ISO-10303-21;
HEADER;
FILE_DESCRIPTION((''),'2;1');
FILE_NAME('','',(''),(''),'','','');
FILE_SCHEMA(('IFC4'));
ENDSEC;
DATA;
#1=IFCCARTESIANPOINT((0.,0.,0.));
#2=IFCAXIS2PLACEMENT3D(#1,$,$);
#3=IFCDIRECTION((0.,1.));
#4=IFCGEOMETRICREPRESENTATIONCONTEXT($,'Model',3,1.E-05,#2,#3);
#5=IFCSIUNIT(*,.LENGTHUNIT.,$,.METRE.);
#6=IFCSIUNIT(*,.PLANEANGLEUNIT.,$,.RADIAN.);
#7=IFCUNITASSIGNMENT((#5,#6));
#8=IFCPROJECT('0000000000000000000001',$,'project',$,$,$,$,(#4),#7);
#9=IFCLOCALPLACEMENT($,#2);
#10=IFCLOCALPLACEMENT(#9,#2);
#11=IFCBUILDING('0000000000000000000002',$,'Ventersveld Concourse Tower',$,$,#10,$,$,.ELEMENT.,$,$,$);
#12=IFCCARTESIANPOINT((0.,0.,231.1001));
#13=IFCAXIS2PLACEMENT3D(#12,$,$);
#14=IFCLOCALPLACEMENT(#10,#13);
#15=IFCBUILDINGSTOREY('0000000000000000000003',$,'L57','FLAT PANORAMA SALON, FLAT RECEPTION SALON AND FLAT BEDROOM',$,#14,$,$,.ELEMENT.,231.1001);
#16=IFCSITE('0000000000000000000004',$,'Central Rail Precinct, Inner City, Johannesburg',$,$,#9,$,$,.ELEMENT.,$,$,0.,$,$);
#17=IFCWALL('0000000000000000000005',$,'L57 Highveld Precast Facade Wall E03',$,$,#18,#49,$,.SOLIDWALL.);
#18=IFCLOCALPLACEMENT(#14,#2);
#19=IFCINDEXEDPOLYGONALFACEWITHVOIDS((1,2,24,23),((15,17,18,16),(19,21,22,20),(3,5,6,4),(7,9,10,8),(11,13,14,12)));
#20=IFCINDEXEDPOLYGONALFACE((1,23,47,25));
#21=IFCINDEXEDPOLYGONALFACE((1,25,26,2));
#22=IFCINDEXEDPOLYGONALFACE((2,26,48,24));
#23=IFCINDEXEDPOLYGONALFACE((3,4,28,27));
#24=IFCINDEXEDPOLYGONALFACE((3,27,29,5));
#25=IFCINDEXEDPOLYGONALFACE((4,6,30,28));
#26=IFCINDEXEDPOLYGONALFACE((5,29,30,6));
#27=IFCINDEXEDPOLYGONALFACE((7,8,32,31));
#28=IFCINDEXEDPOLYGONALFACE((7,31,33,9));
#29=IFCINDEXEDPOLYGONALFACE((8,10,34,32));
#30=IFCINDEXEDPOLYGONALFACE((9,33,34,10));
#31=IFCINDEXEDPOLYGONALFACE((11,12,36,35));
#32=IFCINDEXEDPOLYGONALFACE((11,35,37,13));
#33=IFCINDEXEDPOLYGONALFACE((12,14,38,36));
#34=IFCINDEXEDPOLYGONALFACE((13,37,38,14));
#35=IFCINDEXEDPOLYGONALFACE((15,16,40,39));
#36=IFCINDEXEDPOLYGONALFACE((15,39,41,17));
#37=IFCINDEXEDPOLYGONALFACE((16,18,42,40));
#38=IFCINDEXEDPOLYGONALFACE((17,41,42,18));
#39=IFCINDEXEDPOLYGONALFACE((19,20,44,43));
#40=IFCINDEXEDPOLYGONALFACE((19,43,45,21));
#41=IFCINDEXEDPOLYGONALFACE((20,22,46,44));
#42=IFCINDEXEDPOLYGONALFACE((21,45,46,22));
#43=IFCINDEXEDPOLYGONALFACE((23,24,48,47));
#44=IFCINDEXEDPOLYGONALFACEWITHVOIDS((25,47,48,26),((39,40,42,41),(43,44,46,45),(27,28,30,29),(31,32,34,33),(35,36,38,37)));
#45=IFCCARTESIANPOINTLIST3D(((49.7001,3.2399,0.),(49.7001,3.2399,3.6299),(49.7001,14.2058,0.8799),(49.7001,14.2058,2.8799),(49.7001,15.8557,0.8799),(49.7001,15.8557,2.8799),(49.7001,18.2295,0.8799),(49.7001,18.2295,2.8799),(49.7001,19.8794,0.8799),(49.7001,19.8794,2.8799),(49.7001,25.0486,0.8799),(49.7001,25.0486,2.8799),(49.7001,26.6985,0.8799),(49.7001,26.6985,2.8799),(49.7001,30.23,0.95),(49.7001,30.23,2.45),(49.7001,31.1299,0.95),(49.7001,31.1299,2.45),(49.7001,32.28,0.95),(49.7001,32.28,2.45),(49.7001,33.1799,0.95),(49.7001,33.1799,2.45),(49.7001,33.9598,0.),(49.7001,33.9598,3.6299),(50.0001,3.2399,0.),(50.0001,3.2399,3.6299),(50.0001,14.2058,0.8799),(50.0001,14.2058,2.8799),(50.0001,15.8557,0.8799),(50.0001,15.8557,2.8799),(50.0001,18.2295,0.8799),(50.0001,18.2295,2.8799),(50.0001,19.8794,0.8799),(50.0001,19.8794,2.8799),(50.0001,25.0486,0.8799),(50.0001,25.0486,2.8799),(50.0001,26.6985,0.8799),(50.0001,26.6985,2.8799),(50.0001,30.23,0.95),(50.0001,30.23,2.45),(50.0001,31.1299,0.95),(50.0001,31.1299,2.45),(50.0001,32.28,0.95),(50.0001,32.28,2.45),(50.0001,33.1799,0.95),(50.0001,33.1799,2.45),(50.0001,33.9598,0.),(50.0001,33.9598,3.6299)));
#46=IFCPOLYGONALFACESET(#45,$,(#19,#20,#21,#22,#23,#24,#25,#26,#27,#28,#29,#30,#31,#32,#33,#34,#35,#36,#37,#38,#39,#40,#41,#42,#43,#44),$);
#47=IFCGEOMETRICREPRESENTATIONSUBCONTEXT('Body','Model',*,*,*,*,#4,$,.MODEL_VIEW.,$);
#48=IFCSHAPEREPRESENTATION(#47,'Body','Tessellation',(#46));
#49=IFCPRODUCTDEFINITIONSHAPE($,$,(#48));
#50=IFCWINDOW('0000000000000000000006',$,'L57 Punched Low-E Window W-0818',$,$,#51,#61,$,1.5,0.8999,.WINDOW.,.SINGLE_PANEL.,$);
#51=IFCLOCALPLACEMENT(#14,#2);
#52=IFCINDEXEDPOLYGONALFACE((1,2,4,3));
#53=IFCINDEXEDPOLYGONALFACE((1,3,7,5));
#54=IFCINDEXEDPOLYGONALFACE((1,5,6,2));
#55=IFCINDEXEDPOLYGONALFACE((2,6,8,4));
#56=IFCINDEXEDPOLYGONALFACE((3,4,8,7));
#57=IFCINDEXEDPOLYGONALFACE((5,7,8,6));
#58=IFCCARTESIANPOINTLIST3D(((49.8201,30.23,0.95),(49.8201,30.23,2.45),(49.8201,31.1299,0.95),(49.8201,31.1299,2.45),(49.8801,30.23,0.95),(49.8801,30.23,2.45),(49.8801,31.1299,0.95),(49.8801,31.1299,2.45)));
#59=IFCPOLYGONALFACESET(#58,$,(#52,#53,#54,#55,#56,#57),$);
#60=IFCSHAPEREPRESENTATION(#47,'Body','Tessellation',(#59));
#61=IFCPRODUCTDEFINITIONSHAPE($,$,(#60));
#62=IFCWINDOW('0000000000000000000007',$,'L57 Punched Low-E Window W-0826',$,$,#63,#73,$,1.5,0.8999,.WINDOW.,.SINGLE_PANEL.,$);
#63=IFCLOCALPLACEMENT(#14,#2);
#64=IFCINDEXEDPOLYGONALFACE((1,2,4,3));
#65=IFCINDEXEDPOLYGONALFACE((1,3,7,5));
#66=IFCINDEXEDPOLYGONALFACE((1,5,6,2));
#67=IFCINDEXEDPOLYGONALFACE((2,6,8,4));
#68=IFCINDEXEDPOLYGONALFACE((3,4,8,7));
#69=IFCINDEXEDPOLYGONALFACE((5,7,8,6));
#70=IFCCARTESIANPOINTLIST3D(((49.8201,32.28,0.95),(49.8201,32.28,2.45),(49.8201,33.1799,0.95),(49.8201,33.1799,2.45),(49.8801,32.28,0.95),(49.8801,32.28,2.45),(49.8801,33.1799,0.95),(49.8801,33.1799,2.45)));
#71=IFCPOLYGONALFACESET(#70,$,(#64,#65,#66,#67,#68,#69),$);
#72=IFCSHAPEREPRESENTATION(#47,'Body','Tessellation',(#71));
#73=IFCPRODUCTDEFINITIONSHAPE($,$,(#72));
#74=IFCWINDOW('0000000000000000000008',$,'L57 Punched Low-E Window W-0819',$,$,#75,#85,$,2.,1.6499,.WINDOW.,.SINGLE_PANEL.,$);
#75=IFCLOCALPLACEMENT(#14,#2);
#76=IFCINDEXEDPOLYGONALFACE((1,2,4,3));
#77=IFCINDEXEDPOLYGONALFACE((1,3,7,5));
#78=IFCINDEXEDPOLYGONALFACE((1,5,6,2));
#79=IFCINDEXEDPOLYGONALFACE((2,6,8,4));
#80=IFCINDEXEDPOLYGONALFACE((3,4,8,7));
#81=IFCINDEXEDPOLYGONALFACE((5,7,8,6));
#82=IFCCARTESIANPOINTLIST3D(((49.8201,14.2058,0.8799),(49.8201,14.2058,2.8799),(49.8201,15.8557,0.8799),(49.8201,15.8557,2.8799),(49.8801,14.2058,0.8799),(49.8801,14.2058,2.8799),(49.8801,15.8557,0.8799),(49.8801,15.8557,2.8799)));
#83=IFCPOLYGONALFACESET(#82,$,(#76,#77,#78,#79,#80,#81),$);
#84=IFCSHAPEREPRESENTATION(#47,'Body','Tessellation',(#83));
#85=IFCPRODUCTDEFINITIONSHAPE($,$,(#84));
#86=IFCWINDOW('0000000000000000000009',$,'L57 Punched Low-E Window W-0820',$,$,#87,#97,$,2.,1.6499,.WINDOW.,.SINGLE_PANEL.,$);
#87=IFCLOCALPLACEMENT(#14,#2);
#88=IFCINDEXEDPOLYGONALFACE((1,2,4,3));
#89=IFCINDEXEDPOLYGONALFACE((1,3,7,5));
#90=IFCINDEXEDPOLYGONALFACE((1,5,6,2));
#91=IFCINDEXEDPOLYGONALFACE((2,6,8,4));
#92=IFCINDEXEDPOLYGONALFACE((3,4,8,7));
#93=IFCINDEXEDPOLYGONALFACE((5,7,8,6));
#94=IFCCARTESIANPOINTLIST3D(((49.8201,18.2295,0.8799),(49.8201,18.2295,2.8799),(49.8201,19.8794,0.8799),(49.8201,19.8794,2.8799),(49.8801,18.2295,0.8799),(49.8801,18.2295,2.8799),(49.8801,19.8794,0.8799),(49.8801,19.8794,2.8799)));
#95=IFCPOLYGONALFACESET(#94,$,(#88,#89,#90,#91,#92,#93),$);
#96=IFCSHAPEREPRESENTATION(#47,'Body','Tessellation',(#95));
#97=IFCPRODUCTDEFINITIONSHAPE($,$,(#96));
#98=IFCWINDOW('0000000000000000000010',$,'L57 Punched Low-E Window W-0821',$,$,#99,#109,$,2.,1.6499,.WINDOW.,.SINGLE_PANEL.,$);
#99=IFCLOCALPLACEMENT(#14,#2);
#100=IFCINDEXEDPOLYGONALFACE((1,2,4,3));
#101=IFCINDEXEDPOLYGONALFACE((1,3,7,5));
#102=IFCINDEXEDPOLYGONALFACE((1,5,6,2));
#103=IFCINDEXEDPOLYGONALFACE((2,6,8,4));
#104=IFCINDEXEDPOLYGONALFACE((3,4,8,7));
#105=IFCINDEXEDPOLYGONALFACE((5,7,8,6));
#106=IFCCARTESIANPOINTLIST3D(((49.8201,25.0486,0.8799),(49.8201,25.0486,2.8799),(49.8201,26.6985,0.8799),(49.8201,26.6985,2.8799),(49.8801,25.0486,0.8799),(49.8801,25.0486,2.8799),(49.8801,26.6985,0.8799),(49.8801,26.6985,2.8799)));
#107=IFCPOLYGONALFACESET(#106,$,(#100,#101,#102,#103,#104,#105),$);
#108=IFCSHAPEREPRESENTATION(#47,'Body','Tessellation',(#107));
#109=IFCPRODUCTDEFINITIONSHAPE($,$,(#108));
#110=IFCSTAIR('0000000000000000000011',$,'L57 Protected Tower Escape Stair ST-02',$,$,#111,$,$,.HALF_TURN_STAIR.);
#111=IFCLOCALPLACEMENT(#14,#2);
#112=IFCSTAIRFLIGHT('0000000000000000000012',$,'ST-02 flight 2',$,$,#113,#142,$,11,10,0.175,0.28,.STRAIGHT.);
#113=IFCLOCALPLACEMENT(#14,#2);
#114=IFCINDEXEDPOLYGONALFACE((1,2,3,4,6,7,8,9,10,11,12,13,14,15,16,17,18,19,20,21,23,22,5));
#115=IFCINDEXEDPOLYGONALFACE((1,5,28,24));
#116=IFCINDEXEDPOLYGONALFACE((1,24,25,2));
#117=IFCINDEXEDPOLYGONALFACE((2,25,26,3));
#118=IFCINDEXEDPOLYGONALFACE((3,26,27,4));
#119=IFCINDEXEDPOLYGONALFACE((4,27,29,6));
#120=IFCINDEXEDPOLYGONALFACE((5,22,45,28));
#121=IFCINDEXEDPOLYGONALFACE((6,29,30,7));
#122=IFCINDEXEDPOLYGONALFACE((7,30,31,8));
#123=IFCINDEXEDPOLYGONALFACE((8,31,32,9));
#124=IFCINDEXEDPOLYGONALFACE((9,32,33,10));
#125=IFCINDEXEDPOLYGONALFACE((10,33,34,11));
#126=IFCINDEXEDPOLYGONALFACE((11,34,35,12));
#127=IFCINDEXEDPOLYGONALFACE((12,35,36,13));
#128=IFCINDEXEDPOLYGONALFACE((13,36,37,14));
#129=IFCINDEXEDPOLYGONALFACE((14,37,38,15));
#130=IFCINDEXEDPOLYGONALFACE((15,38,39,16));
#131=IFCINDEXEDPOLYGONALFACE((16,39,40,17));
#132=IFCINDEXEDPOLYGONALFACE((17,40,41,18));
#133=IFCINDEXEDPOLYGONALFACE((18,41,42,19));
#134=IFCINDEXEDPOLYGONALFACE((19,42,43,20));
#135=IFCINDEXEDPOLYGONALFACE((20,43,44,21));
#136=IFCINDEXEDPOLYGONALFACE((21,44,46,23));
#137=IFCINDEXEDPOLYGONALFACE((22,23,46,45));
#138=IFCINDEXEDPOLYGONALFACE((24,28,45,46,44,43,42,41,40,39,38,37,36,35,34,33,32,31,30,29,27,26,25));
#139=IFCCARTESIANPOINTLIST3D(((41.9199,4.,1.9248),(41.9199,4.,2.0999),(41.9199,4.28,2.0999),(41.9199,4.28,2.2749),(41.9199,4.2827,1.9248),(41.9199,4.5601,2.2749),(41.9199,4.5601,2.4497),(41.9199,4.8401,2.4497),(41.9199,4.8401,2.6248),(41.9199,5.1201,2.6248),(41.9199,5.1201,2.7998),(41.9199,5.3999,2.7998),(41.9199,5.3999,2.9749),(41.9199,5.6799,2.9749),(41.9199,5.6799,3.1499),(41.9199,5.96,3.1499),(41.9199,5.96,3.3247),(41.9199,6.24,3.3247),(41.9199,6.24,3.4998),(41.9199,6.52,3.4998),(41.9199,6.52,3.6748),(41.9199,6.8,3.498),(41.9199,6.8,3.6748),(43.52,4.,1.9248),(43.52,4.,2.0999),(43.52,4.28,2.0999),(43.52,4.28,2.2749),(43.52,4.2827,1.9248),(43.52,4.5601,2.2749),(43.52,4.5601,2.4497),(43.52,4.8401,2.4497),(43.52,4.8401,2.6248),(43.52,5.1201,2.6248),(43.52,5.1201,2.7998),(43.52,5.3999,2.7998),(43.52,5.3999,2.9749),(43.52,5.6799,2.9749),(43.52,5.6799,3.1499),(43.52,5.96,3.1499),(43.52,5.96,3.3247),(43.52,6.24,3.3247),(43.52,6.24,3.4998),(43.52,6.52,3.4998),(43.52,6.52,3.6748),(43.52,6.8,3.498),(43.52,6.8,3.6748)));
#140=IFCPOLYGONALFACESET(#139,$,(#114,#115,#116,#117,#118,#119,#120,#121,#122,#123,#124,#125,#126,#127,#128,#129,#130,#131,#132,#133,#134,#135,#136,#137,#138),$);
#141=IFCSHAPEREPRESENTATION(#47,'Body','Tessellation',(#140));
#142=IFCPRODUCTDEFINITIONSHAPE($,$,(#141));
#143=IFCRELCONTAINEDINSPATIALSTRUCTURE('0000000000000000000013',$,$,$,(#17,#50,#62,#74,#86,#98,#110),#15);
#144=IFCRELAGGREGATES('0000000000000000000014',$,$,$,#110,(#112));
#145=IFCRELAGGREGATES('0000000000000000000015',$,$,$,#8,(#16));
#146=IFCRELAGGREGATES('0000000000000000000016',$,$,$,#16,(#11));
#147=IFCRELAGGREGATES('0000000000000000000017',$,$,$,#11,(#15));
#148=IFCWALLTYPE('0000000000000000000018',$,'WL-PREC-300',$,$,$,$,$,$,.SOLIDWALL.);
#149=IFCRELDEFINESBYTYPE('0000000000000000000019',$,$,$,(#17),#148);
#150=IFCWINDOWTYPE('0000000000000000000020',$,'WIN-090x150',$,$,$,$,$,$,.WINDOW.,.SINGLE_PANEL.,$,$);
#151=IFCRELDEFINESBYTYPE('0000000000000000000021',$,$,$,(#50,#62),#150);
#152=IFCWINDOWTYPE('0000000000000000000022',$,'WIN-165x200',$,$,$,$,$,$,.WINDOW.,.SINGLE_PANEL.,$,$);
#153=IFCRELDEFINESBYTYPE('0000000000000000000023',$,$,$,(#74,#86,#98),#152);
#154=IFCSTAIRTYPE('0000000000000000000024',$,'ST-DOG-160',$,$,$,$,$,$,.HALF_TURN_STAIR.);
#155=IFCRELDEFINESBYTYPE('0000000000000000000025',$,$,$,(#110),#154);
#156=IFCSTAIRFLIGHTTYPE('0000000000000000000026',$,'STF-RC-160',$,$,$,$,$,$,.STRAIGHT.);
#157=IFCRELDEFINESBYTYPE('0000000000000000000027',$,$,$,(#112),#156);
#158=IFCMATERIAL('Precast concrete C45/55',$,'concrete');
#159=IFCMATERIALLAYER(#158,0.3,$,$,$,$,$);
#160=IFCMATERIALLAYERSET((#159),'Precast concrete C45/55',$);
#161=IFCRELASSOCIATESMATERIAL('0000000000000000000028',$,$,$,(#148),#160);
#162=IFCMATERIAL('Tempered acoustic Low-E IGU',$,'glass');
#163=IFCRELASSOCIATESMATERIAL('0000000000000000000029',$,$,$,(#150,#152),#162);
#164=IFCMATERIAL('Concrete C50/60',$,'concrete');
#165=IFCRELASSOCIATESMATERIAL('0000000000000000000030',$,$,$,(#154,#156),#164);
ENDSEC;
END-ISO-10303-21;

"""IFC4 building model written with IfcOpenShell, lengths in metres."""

from ifc_helpers import new_model, si_unit, direction, frame, frame_2d, origin, place, context, subcontext, project, spatial, polyline, rectangle, outline, extrude, material, layer, layer_set, type_object, element, fill, aggregate, save


model = new_model("IFC4")

# Units and contexts
model_context = context("Model", 3, precision=1e-05, world=origin(), true_north=direction((0.0, 1.0)))
body_context = subcontext(model_context, "Body", "Model", "MODEL_VIEW")
ifc_project = project(units=[si_unit("LENGTHUNIT", "METRE"), si_unit("PLANEANGLEUNIT", "RADIAN")], contexts=[model_context])

# Site, building, storey
site_placement = place(None, origin())
site = spatial("IfcSite", under=ifc_project, at=site_placement, Name="Central Rail Precinct, Inner City, Johannesburg", CompositionType="ELEMENT", RefElevation=0.0)
building_placement = place(site_placement, origin())
building = spatial("IfcBuilding", under=site, at=building_placement, Name="Ventersveld Concourse Tower", CompositionType="ELEMENT")
storey_placement = place(building_placement, frame((0.0, 0.0, 231.1001)))
storey = spatial("IfcBuildingStorey", under=building, at=storey_placement, Name="L57", Description="FLAT PANORAMA SALON, FLAT RECEPTION SALON AND FLAT BEDROOM", CompositionType="ELEMENT", Elevation=231.1001)

# Shared definitions
ifc_material_1 = material(Name="Concrete C50/60", Category="concrete")

# Shared definitions
ifc_material_2 = material(Name="Precast concrete C45/55", Category="concrete")
ifc_layer_1 = layer(ifc_material_2, 0.3)
ifc_layer_set_1 = layer_set([ifc_layer_1], Name="Precast concrete C45/55")
wall_type_1 = type_object("IfcWallType", Name="WL-PREC-300", PredefinedType="SOLIDWALL", material=ifc_layer_set_1)

# Wall, openings, windows
wall_1_placement = place(storey_placement, frame((49.8501, 3.24, 0.0), z_axis=(0.0, 0.0, 1.0), x_axis=(0.0, 1.0, 0.0)))
wall_1 = element("IfcWall", 1, at=wall_1_placement, inside=storey, type_object=wall_type_1, Name="L57 Highveld Precast Facade Wall E03", PredefinedType="SOLIDWALL", context=body_context, shape_type="SweptSolid", body=[
    extrude(rectangle(XDim=30.72, YDim=0.3, at=frame_2d((15.3599, 0.0))), origin(), (0.0, 0.0, 1.0), 3.6299),
])
opening_1_placement = place(wall_1_placement, frame((26.99, 0.0, 0.95)))
opening_1 = element("IfcOpeningElement", 2, at=opening_1_placement, cuts=wall_1, PredefinedType="OPENING", context=body_context, shape_type="SweptSolid", body=[
    extrude(rectangle(XDim=0.8999, YDim=1.5, at=frame_2d((0.45, 0.75))), frame((0.0, 0.1602, 0.0), z_axis=(0.0, -1.0, 0.0), x_axis=(1.0, 0.0, 0.0)), (0.0, 0.0, 1.0), 0.3201),
])
opening_2_placement = place(wall_1_placement, frame((10.9658, 0.0, 0.8799)))
opening_2 = element("IfcOpeningElement", 3, at=opening_2_placement, cuts=wall_1, PredefinedType="OPENING", context=body_context, shape_type="SweptSolid", body=[
    extrude(rectangle(XDim=1.6499, YDim=2.0, at=frame_2d((0.825, 1.0))), frame((0.0, 0.1602, 0.0), z_axis=(0.0, -1.0, 0.0), x_axis=(1.0, 0.0, 0.0)), (0.0, 0.0, 1.0), 0.3201),
])
opening_3_placement = place(wall_1_placement, frame((14.9895, 0.0, 0.8799)))
opening_3 = element("IfcOpeningElement", 4, at=opening_3_placement, cuts=wall_1, PredefinedType="OPENING", context=body_context, shape_type="SweptSolid", body=[
    extrude(rectangle(XDim=1.6499, YDim=2.0, at=frame_2d((0.825, 1.0))), frame((0.0, 0.1602, 0.0), z_axis=(0.0, -1.0, 0.0), x_axis=(1.0, 0.0, 0.0)), (0.0, 0.0, 1.0), 0.3201),
])
opening_4_placement = place(wall_1_placement, frame((21.8086, 0.0, 0.8799)))
opening_4 = element("IfcOpeningElement", 5, at=opening_4_placement, cuts=wall_1, PredefinedType="OPENING", context=body_context, shape_type="SweptSolid", body=[
    extrude(rectangle(XDim=1.6499, YDim=2.0, at=frame_2d((0.825, 1.0))), frame((0.0, 0.1602, 0.0), z_axis=(0.0, -1.0, 0.0), x_axis=(1.0, 0.0, 0.0)), (0.0, 0.0, 1.0), 0.3201),
])
opening_5_placement = place(wall_1_placement, frame((29.04, 0.0, 0.95)))
opening_5 = element("IfcOpeningElement", 6, at=opening_5_placement, cuts=wall_1, PredefinedType="OPENING", context=body_context, shape_type="SweptSolid", body=[
    extrude(rectangle(XDim=0.8999, YDim=1.5, at=frame_2d((0.45, 0.75))), frame((0.0, 0.1602, 0.0), z_axis=(0.0, -1.0, 0.0), x_axis=(1.0, 0.0, 0.0)), (0.0, 0.0, 1.0), 0.3201),
])
ifc_material_3 = material(Name="Tempered acoustic Low-E IGU", Category="glass")
window_type_1 = type_object("IfcWindowType", Name="WIN-090x150", PartitioningType="SINGLE_PANEL", PredefinedType="WINDOW", material=ifc_material_3)
window_1_placement = place(opening_1_placement, origin())
window_1 = element("IfcWindow", 7, at=window_1_placement, inside=storey, type_object=window_type_1, Name="L57 Punched Low-E Window W-0818", OverallHeight=1.5, OverallWidth=0.8999, PartitioningType="SINGLE_PANEL", PredefinedType="WINDOW", context=body_context, shape_type="SweptSolid", body=[
    extrude(rectangle(XDim=0.8999, YDim=1.5, at=frame_2d((0.45, 0.75))), frame((0.0, 0.03, 0.0), z_axis=(0.0, -1.0, 0.0), x_axis=(1.0, 0.0, 0.0)), (0.0, 0.0, 1.0), 0.0601),
])
fill(opening_1, window_1)
window_2_placement = place(opening_5_placement, origin())
window_2 = element("IfcWindow", 8, at=window_2_placement, inside=storey, type_object=window_type_1, Name="L57 Punched Low-E Window W-0826", OverallHeight=1.5, OverallWidth=0.8999, PartitioningType="SINGLE_PANEL", PredefinedType="WINDOW", context=body_context, shape_type="SweptSolid", body=[
    extrude(rectangle(XDim=0.8999, YDim=1.5, at=frame_2d((0.45, 0.75))), frame((0.0, 0.03, 0.0), z_axis=(0.0, -1.0, 0.0), x_axis=(1.0, 0.0, 0.0)), (0.0, 0.0, 1.0), 0.0601),
])
fill(opening_5, window_2)
window_type_2 = type_object("IfcWindowType", Name="WIN-165x200", PartitioningType="SINGLE_PANEL", PredefinedType="WINDOW", material=ifc_material_3)
window_3_placement = place(opening_2_placement, origin())
window_3 = element("IfcWindow", 9, at=window_3_placement, inside=storey, type_object=window_type_2, Name="L57 Punched Low-E Window W-0819", OverallHeight=2.0, OverallWidth=1.6499, PartitioningType="SINGLE_PANEL", PredefinedType="WINDOW", context=body_context, shape_type="SweptSolid", body=[
    extrude(rectangle(XDim=1.6499, YDim=2.0, at=frame_2d((0.825, 1.0))), frame((0.0, 0.03, 0.0), z_axis=(0.0, -1.0, 0.0), x_axis=(1.0, 0.0, 0.0)), (0.0, 0.0, 1.0), 0.0601),
])
fill(opening_2, window_3)
window_4_placement = place(opening_3_placement, origin())
window_4 = element("IfcWindow", 10, at=window_4_placement, inside=storey, type_object=window_type_2, Name="L57 Punched Low-E Window W-0820", OverallHeight=2.0, OverallWidth=1.6499, PartitioningType="SINGLE_PANEL", PredefinedType="WINDOW", context=body_context, shape_type="SweptSolid", body=[
    extrude(rectangle(XDim=1.6499, YDim=2.0, at=frame_2d((0.825, 1.0))), frame((0.0, 0.03, 0.0), z_axis=(0.0, -1.0, 0.0), x_axis=(1.0, 0.0, 0.0)), (0.0, 0.0, 1.0), 0.0601),
])
fill(opening_3, window_4)
window_5_placement = place(opening_4_placement, origin())
window_5 = element("IfcWindow", 11, at=window_5_placement, inside=storey, type_object=window_type_2, Name="L57 Punched Low-E Window W-0821", OverallHeight=2.0, OverallWidth=1.6499, PartitioningType="SINGLE_PANEL", PredefinedType="WINDOW", context=body_context, shape_type="SweptSolid", body=[
    extrude(rectangle(XDim=1.6499, YDim=2.0, at=frame_2d((0.825, 1.0))), frame((0.0, 0.03, 0.0), z_axis=(0.0, -1.0, 0.0), x_axis=(1.0, 0.0, 0.0)), (0.0, 0.0, 1.0), 0.0601),
])
fill(opening_4, window_5)

# Stair, stair flight
stair_type = type_object("IfcStairType", Name="ST-DOG-160", PredefinedType="HALF_TURN_STAIR", material=ifc_material_1)
stair_placement = place(storey_placement, origin())
stair = element("IfcStair", 12, at=stair_placement, inside=storey, type_object=stair_type, Name="L57 Protected Tower Escape Stair ST-02", PredefinedType="HALF_TURN_STAIR")
stair_flight_type = type_object("IfcStairFlightType", Name="STF-RC-160", PredefinedType="STRAIGHT", material=ifc_material_1)
stair_flight_placement = place(storey_placement, frame((42.72, 4.0, 1.9248), z_axis=(0.0, 0.0, 1.0), x_axis=(0.0, 1.0, 0.0)))
stair_flight = element("IfcStairFlight", 13, at=stair_flight_placement, type_object=stair_flight_type, Name="ST-02 flight 2", NumberOfRisers=11, NumberOfTreads=10, PredefinedType="STRAIGHT", RiserHeight=0.175, TreadLength=0.28, context=body_context, shape_type="SweptSolid", body=[
    extrude(outline(polyline([(0.0, 0.0), (0.0, 0.175), (0.28, 0.175), (0.28, 0.3501), (0.5601, 0.3501), (0.5601, 0.5249), (0.8401, 0.5249), (0.8401, 0.7), (1.1201, 0.7), (1.1201, 0.875), (1.3999, 0.875), (1.3999, 1.05), (1.6799, 1.05), (1.6799, 1.2251), (1.96, 1.2251), (1.96, 1.3999), (2.24, 1.3999), (2.24, 1.575), (2.52, 1.575), (2.52, 1.75), (2.8, 1.75), (2.8, 1.925), (2.8, 1.5732), (0.2827, 0.0), (0.0, 0.0)])), frame((0.0, 0.8, 0.0), z_axis=(0.0, -1.0, 0.0), x_axis=(1.0, 0.0, 0.0)), (0.0, 0.0, 1.0), 1.6001),
])
aggregate(stair, [stair_flight])

save(model, "model.ifc")
